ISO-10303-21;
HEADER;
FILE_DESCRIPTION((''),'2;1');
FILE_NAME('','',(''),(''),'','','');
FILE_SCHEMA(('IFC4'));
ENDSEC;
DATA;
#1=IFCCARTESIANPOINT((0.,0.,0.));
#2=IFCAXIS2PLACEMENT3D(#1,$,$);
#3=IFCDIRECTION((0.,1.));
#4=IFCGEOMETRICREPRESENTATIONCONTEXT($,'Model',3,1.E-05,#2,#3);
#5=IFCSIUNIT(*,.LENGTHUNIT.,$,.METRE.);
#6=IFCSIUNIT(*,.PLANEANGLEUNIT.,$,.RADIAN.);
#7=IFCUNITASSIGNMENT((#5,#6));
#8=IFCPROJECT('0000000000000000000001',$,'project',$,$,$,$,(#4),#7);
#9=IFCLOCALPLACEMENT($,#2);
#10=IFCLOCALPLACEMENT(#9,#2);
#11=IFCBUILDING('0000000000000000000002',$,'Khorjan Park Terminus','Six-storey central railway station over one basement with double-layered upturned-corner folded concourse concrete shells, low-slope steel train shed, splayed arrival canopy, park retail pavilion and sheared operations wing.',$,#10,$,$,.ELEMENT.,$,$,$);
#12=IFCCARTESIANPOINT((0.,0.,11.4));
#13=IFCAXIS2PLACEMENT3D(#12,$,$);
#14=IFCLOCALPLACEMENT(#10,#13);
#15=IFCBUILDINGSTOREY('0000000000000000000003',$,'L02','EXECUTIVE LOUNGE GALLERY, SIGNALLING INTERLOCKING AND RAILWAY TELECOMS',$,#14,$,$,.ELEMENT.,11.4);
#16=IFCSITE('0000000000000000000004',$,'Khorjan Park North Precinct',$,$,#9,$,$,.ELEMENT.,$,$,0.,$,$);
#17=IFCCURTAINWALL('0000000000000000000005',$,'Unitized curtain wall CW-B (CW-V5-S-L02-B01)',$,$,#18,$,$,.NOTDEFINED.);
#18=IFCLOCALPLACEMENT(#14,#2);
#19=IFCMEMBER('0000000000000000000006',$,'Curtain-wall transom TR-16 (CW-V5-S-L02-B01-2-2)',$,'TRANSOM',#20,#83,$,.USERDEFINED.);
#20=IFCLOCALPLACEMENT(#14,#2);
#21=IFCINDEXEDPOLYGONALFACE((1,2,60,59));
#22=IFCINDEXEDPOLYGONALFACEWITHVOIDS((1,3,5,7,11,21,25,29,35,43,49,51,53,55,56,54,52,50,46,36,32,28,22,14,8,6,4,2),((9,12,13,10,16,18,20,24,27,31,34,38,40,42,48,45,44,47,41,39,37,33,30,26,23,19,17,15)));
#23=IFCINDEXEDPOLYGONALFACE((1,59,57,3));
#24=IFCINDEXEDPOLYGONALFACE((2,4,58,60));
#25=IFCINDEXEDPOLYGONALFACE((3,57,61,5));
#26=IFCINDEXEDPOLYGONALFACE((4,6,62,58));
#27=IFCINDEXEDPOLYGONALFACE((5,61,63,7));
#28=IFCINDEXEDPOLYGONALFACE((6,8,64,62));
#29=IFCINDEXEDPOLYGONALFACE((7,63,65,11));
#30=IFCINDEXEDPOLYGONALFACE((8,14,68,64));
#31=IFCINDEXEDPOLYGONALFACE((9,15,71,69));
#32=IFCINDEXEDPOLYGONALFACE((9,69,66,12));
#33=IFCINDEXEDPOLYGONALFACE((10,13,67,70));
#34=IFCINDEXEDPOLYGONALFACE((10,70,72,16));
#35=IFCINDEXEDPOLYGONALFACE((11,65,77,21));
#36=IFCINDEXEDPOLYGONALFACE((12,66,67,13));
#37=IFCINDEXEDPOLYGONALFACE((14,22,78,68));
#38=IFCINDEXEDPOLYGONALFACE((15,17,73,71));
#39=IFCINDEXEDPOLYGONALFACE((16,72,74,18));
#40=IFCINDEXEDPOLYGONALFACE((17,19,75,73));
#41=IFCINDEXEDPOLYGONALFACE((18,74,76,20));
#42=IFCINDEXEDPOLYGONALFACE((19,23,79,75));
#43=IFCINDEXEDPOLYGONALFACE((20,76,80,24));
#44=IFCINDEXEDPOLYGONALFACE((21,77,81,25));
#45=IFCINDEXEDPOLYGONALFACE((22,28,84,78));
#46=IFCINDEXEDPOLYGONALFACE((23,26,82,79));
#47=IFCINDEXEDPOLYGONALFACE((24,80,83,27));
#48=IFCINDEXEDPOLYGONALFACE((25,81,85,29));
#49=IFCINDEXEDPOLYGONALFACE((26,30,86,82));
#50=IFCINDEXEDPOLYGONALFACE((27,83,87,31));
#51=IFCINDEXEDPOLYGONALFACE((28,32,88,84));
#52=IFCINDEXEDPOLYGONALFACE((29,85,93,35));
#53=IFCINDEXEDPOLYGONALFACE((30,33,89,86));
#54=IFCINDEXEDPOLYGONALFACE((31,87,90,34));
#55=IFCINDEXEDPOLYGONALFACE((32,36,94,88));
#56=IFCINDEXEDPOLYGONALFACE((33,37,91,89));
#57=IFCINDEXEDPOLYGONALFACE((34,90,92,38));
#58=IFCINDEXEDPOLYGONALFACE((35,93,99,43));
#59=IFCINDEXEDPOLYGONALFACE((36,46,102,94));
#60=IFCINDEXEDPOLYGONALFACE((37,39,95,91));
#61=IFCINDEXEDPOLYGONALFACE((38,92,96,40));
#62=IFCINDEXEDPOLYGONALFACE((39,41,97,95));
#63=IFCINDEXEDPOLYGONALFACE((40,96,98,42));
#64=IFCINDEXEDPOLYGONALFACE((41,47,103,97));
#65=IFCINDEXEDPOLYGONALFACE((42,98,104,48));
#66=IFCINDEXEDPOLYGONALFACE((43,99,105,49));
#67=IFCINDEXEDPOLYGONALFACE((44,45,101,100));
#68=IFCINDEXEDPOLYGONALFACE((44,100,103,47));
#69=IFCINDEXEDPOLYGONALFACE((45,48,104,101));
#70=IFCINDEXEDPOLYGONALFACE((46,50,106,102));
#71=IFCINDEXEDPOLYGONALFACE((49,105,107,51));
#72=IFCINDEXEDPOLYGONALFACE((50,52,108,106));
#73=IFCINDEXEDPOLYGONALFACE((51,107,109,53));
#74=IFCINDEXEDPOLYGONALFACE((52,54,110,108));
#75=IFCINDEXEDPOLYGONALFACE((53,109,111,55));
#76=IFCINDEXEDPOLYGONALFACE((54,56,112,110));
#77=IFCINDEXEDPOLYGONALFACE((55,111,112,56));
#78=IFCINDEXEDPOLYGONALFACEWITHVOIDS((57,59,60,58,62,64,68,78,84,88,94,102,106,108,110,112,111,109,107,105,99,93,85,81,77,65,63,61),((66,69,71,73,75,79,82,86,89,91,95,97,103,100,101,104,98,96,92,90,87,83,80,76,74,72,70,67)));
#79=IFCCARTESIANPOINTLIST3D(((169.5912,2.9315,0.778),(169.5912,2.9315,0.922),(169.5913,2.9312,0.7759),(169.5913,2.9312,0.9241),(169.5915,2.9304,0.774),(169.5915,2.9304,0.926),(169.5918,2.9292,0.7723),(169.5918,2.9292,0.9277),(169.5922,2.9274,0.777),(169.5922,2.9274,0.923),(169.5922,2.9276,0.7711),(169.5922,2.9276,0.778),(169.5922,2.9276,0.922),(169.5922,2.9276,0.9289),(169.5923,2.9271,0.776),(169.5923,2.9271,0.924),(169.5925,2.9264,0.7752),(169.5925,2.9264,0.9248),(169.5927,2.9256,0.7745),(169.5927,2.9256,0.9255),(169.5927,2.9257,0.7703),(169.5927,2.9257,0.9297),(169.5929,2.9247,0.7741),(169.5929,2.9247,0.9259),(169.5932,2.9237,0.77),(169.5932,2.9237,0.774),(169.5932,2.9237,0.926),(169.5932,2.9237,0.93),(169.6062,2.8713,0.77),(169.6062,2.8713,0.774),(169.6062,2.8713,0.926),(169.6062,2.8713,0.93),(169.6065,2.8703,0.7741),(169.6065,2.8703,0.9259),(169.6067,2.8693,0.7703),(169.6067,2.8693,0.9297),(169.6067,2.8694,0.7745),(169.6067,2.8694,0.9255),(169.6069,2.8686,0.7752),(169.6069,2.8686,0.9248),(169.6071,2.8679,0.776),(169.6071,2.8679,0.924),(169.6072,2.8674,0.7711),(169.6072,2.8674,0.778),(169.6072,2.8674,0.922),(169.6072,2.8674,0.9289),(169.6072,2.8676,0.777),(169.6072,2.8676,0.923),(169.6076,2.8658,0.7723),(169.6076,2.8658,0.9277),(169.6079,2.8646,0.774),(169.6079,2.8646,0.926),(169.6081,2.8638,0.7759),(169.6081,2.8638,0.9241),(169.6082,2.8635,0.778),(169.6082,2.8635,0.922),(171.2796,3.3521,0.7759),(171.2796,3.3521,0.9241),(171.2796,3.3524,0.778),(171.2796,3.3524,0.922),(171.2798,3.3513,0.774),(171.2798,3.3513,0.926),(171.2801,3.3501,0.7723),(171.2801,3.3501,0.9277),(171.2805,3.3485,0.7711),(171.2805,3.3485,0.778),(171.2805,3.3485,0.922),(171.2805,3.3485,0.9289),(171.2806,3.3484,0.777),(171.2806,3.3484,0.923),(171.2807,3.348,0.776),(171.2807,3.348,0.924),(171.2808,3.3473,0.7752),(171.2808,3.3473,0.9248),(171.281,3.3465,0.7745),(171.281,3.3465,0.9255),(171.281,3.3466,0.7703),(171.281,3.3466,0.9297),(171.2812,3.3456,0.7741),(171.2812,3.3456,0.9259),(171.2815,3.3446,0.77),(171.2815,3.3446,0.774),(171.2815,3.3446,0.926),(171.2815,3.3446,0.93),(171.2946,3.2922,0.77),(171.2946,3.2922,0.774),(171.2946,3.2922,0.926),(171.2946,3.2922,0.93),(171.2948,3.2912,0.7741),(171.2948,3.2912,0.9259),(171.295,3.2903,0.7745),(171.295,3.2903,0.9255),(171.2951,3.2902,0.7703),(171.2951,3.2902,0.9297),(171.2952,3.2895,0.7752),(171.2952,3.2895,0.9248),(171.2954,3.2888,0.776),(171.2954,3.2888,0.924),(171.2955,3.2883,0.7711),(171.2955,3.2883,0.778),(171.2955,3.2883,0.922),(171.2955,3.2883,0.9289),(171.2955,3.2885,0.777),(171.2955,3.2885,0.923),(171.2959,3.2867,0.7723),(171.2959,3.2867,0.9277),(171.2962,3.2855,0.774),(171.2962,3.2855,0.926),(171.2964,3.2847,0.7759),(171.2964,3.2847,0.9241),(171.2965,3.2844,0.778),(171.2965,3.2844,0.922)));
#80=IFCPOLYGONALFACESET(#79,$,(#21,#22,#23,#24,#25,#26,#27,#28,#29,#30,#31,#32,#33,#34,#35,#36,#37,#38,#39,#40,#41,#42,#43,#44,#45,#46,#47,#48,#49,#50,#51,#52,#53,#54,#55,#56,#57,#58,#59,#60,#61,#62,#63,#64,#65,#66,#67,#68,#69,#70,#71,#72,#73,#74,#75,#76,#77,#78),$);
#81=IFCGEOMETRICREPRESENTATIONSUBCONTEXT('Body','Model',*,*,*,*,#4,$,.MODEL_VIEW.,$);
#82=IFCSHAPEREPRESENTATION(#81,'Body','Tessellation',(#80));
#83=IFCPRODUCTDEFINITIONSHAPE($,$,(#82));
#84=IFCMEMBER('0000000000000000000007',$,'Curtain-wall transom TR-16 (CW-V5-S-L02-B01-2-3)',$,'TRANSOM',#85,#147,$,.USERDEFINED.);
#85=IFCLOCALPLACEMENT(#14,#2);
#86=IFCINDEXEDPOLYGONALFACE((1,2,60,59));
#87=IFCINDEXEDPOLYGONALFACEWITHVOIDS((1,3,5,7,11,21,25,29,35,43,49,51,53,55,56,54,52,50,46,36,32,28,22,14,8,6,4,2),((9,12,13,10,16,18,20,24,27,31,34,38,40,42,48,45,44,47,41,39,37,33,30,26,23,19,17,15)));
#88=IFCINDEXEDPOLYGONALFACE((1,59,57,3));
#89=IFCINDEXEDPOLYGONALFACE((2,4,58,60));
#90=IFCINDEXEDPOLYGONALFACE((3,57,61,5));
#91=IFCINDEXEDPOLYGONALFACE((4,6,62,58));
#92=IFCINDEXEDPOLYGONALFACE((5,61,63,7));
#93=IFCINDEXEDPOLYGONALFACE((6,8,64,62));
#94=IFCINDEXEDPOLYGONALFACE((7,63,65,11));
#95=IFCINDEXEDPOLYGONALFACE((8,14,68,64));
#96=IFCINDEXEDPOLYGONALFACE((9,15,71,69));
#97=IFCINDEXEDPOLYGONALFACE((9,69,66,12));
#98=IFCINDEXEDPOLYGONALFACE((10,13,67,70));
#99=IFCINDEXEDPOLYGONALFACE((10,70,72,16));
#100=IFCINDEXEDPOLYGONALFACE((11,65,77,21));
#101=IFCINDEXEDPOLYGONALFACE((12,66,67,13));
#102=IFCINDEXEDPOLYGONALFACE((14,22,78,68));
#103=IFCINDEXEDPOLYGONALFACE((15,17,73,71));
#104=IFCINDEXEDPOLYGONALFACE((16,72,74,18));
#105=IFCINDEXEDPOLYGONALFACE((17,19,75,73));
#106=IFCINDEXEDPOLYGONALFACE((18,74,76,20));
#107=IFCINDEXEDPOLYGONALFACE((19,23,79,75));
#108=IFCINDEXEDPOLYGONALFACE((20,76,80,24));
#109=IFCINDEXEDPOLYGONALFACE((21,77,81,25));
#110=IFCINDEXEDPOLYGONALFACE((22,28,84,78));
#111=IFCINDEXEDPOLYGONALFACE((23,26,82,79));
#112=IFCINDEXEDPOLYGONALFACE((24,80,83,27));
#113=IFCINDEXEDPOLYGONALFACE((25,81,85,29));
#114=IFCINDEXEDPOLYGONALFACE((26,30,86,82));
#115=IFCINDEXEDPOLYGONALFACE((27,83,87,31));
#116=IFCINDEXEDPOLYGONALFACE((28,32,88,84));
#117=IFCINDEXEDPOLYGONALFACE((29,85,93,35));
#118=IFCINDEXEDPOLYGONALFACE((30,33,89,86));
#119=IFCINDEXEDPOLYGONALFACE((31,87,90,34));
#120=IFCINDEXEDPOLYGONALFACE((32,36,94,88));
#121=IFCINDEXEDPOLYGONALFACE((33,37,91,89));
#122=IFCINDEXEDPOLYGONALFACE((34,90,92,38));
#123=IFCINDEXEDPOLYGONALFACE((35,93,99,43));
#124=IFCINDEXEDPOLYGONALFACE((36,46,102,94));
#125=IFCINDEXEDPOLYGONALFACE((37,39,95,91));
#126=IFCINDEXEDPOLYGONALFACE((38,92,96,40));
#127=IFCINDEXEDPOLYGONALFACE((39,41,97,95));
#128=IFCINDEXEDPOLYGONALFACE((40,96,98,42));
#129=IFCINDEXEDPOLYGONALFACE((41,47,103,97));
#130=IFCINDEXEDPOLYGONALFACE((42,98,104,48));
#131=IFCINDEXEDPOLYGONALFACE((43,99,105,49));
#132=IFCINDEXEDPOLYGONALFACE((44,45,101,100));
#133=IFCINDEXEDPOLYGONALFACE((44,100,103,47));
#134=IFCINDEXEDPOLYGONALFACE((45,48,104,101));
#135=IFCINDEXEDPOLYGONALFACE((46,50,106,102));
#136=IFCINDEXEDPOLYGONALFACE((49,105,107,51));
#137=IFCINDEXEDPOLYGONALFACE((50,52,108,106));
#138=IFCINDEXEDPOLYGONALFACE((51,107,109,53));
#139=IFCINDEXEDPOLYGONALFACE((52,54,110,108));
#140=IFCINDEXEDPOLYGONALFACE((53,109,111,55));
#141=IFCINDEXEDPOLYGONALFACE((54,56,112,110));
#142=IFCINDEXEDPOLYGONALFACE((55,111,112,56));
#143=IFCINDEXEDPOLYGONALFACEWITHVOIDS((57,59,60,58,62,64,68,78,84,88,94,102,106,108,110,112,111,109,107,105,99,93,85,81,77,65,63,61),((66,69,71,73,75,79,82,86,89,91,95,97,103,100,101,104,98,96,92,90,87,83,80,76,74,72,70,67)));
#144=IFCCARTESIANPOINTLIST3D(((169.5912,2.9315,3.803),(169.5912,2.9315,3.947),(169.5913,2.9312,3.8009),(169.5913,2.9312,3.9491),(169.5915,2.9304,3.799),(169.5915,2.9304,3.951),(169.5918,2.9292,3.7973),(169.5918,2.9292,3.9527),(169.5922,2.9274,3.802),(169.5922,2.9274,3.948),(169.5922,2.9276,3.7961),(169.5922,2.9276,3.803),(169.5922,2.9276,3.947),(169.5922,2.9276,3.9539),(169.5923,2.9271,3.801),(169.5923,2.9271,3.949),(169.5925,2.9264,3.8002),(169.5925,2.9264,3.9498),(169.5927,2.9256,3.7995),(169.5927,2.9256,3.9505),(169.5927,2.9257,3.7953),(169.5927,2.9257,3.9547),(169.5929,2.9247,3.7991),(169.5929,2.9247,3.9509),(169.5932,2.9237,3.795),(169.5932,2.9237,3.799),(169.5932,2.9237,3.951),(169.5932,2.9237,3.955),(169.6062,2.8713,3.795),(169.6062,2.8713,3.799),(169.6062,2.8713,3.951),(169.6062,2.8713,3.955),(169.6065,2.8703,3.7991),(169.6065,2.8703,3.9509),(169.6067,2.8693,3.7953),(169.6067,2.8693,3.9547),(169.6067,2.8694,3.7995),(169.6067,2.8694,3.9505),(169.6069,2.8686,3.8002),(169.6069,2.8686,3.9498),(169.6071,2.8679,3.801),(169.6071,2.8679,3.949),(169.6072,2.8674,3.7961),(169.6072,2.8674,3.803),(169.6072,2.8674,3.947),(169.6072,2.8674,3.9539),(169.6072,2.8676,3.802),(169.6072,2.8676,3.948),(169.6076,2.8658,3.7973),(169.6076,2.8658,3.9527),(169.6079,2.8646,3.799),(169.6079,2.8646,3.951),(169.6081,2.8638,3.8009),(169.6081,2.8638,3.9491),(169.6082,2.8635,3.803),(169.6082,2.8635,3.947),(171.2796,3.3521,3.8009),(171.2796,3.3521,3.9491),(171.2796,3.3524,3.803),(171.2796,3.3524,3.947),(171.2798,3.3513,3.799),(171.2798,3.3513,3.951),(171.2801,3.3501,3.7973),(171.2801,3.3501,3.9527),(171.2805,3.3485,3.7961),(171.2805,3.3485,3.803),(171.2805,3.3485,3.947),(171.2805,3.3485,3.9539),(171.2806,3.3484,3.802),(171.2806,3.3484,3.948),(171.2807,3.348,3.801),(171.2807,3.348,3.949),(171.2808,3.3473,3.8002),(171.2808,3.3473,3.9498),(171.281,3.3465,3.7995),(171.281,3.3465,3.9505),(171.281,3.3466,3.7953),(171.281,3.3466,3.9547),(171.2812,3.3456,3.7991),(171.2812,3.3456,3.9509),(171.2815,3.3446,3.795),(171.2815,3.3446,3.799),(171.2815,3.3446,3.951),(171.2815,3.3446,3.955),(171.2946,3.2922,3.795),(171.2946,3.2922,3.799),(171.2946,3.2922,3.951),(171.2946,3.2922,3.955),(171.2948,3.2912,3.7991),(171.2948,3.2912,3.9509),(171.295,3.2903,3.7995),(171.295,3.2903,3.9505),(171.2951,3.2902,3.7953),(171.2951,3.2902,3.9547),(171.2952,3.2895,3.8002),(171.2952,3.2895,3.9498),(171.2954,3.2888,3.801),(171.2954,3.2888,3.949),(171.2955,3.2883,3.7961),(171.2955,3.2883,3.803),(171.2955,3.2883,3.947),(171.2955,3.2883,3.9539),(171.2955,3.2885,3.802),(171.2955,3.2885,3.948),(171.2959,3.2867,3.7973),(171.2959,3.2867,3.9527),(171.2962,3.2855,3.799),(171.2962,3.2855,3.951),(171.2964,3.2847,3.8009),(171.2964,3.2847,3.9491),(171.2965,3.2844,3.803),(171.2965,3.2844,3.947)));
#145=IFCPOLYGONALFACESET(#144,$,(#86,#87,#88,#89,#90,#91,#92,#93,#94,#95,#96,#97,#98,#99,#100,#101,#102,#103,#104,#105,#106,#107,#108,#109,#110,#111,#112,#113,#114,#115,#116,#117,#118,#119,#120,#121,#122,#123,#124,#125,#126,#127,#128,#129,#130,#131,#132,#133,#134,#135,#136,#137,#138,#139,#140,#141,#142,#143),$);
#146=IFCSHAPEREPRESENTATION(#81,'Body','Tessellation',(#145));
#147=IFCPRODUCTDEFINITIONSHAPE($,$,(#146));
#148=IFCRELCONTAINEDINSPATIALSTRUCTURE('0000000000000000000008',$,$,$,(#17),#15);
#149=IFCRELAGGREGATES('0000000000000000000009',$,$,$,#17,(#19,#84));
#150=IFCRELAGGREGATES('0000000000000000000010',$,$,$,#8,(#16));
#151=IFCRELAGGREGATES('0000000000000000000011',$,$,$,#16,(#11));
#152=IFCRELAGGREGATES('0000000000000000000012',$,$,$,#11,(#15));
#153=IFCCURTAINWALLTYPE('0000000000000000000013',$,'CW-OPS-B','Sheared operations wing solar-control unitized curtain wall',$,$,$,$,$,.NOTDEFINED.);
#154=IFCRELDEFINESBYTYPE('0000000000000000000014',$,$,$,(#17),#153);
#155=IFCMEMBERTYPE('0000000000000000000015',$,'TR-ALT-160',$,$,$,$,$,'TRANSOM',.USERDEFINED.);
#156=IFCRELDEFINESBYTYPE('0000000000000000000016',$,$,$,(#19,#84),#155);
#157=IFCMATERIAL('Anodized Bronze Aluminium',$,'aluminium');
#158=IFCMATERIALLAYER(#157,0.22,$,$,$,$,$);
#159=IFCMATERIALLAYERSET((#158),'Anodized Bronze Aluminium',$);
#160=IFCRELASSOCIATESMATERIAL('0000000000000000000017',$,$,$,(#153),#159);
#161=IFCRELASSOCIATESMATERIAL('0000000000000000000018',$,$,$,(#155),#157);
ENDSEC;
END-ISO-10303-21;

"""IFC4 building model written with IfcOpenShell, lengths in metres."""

from ifc_helpers import new_model, si_unit, direction, frame, origin, origin_2d, place, context, subcontext, project, spatial, hollow_rectangle, extrude, material, layer, layer_set, material_profile, profile_set, type_object, element, aggregate, save


model = new_model("IFC4")

# Units and contexts
model_context = context("Model", 3, precision=1e-05, world=origin(), true_north=direction((0.0, 1.0)))
body_context = subcontext(model_context, "Body", "Model", "MODEL_VIEW")
ifc_project = project(units=[si_unit("LENGTHUNIT", "METRE"), si_unit("PLANEANGLEUNIT", "RADIAN")], contexts=[model_context])

# Site, building, storey
site_placement = place(None, origin())
site = spatial("IfcSite", under=ifc_project, at=site_placement, Name="Khorjan Park North Precinct", CompositionType="ELEMENT", RefElevation=0.0)
building_placement = place(site_placement, origin())
building = spatial("IfcBuilding", under=site, at=building_placement, Name="Khorjan Park Terminus", Description="Six-storey central railway station over one basement with double-layered upturned-corner folded concourse concrete shells, low-slope steel train shed, splayed arrival canopy, park retail pavilion and sheared operations wing.", CompositionType="ELEMENT")
storey_placement = place(building_placement, frame((0.0, 0.0, 11.4)))
storey = spatial("IfcBuildingStorey", under=building, at=storey_placement, Name="L02", Description="EXECUTIVE LOUNGE GALLERY, SIGNALLING INTERLOCKING AND RAILWAY TELECOMS", CompositionType="ELEMENT", Elevation=11.4)

# Curtain wall
ifc_material_1 = material(Name="Anodized Bronze Aluminium", Category="aluminium")
ifc_layer_1 = layer(ifc_material_1, 0.22)
ifc_layer_set_1 = layer_set([ifc_layer_1], Name="Anodized Bronze Aluminium")
curtain_wall_type = type_object("IfcCurtainWallType", Name="CW-OPS-B", Description="Sheared operations wing solar-control unitized curtain wall", PredefinedType="NOTDEFINED", material=ifc_layer_set_1)
curtain_wall_1_placement = place(storey_placement, origin())
curtain_wall_1 = element("IfcCurtainWall", 1, at=curtain_wall_1_placement, inside=storey, type_object=curtain_wall_type, Name="Unitized curtain wall CW-B (CW-V5-S-L02-B01)", PredefinedType="NOTDEFINED")

# Members
ifc_material_profile_1 = material_profile(ifc_material_1, hollow_rectangle(XDim=0.07, YDim=0.16, WallThickness=0.004, InnerFilletRadius=0.004, OuterFilletRadius=0.008, at=origin_2d()), Name="ALT 70x160x4")
ifc_profile_set_1 = profile_set([ifc_material_profile_1], Name="Anodized Bronze Aluminium")
member_type_1 = type_object("IfcMemberType", Name="TR-ALT-160", ElementType="TRANSOM", PredefinedType="USERDEFINED", material=ifc_profile_set_1)
member_1_placement = place(storey_placement, frame((169.5997, 2.8975, 0.85), z_axis=(0.970301, 0.2419, 0.0), x_axis=(-0.2419, 0.970301, 0.0)))
member_1 = element("IfcMember", 2, at=member_1_placement, type_object=member_type_1, Name="Curtain-wall transom TR-16 (CW-V5-S-L02-B01-2-2)", ObjectType="TRANSOM", PredefinedType="USERDEFINED", context=body_context, shape_type="SweptSolid", body=[
    extrude(hollow_rectangle(XDim=0.07, YDim=0.16, WallThickness=0.004, InnerFilletRadius=0.004, OuterFilletRadius=0.008, at=origin_2d()), origin(), (0.0, 0.0, 1.0), 1.74),
])
member_2_placement = place(storey_placement, frame((169.5997, 2.8975, 3.875), z_axis=(0.970301, 0.2419, 0.0), x_axis=(-0.2419, 0.970301, 0.0)))
member_2 = element("IfcMember", 3, at=member_2_placement, type_object=member_type_1, Name="Curtain-wall transom TR-16 (CW-V5-S-L02-B01-2-3)", ObjectType="TRANSOM", PredefinedType="USERDEFINED", context=body_context, shape_type="SweptSolid", body=[
    extrude(hollow_rectangle(XDim=0.07, YDim=0.16, WallThickness=0.004, InnerFilletRadius=0.004, OuterFilletRadius=0.008, at=origin_2d()), origin(), (0.0, 0.0, 1.0), 1.74),
])

aggregate(curtain_wall_1, [member_1, member_2])

save(model, "model.ifc")
